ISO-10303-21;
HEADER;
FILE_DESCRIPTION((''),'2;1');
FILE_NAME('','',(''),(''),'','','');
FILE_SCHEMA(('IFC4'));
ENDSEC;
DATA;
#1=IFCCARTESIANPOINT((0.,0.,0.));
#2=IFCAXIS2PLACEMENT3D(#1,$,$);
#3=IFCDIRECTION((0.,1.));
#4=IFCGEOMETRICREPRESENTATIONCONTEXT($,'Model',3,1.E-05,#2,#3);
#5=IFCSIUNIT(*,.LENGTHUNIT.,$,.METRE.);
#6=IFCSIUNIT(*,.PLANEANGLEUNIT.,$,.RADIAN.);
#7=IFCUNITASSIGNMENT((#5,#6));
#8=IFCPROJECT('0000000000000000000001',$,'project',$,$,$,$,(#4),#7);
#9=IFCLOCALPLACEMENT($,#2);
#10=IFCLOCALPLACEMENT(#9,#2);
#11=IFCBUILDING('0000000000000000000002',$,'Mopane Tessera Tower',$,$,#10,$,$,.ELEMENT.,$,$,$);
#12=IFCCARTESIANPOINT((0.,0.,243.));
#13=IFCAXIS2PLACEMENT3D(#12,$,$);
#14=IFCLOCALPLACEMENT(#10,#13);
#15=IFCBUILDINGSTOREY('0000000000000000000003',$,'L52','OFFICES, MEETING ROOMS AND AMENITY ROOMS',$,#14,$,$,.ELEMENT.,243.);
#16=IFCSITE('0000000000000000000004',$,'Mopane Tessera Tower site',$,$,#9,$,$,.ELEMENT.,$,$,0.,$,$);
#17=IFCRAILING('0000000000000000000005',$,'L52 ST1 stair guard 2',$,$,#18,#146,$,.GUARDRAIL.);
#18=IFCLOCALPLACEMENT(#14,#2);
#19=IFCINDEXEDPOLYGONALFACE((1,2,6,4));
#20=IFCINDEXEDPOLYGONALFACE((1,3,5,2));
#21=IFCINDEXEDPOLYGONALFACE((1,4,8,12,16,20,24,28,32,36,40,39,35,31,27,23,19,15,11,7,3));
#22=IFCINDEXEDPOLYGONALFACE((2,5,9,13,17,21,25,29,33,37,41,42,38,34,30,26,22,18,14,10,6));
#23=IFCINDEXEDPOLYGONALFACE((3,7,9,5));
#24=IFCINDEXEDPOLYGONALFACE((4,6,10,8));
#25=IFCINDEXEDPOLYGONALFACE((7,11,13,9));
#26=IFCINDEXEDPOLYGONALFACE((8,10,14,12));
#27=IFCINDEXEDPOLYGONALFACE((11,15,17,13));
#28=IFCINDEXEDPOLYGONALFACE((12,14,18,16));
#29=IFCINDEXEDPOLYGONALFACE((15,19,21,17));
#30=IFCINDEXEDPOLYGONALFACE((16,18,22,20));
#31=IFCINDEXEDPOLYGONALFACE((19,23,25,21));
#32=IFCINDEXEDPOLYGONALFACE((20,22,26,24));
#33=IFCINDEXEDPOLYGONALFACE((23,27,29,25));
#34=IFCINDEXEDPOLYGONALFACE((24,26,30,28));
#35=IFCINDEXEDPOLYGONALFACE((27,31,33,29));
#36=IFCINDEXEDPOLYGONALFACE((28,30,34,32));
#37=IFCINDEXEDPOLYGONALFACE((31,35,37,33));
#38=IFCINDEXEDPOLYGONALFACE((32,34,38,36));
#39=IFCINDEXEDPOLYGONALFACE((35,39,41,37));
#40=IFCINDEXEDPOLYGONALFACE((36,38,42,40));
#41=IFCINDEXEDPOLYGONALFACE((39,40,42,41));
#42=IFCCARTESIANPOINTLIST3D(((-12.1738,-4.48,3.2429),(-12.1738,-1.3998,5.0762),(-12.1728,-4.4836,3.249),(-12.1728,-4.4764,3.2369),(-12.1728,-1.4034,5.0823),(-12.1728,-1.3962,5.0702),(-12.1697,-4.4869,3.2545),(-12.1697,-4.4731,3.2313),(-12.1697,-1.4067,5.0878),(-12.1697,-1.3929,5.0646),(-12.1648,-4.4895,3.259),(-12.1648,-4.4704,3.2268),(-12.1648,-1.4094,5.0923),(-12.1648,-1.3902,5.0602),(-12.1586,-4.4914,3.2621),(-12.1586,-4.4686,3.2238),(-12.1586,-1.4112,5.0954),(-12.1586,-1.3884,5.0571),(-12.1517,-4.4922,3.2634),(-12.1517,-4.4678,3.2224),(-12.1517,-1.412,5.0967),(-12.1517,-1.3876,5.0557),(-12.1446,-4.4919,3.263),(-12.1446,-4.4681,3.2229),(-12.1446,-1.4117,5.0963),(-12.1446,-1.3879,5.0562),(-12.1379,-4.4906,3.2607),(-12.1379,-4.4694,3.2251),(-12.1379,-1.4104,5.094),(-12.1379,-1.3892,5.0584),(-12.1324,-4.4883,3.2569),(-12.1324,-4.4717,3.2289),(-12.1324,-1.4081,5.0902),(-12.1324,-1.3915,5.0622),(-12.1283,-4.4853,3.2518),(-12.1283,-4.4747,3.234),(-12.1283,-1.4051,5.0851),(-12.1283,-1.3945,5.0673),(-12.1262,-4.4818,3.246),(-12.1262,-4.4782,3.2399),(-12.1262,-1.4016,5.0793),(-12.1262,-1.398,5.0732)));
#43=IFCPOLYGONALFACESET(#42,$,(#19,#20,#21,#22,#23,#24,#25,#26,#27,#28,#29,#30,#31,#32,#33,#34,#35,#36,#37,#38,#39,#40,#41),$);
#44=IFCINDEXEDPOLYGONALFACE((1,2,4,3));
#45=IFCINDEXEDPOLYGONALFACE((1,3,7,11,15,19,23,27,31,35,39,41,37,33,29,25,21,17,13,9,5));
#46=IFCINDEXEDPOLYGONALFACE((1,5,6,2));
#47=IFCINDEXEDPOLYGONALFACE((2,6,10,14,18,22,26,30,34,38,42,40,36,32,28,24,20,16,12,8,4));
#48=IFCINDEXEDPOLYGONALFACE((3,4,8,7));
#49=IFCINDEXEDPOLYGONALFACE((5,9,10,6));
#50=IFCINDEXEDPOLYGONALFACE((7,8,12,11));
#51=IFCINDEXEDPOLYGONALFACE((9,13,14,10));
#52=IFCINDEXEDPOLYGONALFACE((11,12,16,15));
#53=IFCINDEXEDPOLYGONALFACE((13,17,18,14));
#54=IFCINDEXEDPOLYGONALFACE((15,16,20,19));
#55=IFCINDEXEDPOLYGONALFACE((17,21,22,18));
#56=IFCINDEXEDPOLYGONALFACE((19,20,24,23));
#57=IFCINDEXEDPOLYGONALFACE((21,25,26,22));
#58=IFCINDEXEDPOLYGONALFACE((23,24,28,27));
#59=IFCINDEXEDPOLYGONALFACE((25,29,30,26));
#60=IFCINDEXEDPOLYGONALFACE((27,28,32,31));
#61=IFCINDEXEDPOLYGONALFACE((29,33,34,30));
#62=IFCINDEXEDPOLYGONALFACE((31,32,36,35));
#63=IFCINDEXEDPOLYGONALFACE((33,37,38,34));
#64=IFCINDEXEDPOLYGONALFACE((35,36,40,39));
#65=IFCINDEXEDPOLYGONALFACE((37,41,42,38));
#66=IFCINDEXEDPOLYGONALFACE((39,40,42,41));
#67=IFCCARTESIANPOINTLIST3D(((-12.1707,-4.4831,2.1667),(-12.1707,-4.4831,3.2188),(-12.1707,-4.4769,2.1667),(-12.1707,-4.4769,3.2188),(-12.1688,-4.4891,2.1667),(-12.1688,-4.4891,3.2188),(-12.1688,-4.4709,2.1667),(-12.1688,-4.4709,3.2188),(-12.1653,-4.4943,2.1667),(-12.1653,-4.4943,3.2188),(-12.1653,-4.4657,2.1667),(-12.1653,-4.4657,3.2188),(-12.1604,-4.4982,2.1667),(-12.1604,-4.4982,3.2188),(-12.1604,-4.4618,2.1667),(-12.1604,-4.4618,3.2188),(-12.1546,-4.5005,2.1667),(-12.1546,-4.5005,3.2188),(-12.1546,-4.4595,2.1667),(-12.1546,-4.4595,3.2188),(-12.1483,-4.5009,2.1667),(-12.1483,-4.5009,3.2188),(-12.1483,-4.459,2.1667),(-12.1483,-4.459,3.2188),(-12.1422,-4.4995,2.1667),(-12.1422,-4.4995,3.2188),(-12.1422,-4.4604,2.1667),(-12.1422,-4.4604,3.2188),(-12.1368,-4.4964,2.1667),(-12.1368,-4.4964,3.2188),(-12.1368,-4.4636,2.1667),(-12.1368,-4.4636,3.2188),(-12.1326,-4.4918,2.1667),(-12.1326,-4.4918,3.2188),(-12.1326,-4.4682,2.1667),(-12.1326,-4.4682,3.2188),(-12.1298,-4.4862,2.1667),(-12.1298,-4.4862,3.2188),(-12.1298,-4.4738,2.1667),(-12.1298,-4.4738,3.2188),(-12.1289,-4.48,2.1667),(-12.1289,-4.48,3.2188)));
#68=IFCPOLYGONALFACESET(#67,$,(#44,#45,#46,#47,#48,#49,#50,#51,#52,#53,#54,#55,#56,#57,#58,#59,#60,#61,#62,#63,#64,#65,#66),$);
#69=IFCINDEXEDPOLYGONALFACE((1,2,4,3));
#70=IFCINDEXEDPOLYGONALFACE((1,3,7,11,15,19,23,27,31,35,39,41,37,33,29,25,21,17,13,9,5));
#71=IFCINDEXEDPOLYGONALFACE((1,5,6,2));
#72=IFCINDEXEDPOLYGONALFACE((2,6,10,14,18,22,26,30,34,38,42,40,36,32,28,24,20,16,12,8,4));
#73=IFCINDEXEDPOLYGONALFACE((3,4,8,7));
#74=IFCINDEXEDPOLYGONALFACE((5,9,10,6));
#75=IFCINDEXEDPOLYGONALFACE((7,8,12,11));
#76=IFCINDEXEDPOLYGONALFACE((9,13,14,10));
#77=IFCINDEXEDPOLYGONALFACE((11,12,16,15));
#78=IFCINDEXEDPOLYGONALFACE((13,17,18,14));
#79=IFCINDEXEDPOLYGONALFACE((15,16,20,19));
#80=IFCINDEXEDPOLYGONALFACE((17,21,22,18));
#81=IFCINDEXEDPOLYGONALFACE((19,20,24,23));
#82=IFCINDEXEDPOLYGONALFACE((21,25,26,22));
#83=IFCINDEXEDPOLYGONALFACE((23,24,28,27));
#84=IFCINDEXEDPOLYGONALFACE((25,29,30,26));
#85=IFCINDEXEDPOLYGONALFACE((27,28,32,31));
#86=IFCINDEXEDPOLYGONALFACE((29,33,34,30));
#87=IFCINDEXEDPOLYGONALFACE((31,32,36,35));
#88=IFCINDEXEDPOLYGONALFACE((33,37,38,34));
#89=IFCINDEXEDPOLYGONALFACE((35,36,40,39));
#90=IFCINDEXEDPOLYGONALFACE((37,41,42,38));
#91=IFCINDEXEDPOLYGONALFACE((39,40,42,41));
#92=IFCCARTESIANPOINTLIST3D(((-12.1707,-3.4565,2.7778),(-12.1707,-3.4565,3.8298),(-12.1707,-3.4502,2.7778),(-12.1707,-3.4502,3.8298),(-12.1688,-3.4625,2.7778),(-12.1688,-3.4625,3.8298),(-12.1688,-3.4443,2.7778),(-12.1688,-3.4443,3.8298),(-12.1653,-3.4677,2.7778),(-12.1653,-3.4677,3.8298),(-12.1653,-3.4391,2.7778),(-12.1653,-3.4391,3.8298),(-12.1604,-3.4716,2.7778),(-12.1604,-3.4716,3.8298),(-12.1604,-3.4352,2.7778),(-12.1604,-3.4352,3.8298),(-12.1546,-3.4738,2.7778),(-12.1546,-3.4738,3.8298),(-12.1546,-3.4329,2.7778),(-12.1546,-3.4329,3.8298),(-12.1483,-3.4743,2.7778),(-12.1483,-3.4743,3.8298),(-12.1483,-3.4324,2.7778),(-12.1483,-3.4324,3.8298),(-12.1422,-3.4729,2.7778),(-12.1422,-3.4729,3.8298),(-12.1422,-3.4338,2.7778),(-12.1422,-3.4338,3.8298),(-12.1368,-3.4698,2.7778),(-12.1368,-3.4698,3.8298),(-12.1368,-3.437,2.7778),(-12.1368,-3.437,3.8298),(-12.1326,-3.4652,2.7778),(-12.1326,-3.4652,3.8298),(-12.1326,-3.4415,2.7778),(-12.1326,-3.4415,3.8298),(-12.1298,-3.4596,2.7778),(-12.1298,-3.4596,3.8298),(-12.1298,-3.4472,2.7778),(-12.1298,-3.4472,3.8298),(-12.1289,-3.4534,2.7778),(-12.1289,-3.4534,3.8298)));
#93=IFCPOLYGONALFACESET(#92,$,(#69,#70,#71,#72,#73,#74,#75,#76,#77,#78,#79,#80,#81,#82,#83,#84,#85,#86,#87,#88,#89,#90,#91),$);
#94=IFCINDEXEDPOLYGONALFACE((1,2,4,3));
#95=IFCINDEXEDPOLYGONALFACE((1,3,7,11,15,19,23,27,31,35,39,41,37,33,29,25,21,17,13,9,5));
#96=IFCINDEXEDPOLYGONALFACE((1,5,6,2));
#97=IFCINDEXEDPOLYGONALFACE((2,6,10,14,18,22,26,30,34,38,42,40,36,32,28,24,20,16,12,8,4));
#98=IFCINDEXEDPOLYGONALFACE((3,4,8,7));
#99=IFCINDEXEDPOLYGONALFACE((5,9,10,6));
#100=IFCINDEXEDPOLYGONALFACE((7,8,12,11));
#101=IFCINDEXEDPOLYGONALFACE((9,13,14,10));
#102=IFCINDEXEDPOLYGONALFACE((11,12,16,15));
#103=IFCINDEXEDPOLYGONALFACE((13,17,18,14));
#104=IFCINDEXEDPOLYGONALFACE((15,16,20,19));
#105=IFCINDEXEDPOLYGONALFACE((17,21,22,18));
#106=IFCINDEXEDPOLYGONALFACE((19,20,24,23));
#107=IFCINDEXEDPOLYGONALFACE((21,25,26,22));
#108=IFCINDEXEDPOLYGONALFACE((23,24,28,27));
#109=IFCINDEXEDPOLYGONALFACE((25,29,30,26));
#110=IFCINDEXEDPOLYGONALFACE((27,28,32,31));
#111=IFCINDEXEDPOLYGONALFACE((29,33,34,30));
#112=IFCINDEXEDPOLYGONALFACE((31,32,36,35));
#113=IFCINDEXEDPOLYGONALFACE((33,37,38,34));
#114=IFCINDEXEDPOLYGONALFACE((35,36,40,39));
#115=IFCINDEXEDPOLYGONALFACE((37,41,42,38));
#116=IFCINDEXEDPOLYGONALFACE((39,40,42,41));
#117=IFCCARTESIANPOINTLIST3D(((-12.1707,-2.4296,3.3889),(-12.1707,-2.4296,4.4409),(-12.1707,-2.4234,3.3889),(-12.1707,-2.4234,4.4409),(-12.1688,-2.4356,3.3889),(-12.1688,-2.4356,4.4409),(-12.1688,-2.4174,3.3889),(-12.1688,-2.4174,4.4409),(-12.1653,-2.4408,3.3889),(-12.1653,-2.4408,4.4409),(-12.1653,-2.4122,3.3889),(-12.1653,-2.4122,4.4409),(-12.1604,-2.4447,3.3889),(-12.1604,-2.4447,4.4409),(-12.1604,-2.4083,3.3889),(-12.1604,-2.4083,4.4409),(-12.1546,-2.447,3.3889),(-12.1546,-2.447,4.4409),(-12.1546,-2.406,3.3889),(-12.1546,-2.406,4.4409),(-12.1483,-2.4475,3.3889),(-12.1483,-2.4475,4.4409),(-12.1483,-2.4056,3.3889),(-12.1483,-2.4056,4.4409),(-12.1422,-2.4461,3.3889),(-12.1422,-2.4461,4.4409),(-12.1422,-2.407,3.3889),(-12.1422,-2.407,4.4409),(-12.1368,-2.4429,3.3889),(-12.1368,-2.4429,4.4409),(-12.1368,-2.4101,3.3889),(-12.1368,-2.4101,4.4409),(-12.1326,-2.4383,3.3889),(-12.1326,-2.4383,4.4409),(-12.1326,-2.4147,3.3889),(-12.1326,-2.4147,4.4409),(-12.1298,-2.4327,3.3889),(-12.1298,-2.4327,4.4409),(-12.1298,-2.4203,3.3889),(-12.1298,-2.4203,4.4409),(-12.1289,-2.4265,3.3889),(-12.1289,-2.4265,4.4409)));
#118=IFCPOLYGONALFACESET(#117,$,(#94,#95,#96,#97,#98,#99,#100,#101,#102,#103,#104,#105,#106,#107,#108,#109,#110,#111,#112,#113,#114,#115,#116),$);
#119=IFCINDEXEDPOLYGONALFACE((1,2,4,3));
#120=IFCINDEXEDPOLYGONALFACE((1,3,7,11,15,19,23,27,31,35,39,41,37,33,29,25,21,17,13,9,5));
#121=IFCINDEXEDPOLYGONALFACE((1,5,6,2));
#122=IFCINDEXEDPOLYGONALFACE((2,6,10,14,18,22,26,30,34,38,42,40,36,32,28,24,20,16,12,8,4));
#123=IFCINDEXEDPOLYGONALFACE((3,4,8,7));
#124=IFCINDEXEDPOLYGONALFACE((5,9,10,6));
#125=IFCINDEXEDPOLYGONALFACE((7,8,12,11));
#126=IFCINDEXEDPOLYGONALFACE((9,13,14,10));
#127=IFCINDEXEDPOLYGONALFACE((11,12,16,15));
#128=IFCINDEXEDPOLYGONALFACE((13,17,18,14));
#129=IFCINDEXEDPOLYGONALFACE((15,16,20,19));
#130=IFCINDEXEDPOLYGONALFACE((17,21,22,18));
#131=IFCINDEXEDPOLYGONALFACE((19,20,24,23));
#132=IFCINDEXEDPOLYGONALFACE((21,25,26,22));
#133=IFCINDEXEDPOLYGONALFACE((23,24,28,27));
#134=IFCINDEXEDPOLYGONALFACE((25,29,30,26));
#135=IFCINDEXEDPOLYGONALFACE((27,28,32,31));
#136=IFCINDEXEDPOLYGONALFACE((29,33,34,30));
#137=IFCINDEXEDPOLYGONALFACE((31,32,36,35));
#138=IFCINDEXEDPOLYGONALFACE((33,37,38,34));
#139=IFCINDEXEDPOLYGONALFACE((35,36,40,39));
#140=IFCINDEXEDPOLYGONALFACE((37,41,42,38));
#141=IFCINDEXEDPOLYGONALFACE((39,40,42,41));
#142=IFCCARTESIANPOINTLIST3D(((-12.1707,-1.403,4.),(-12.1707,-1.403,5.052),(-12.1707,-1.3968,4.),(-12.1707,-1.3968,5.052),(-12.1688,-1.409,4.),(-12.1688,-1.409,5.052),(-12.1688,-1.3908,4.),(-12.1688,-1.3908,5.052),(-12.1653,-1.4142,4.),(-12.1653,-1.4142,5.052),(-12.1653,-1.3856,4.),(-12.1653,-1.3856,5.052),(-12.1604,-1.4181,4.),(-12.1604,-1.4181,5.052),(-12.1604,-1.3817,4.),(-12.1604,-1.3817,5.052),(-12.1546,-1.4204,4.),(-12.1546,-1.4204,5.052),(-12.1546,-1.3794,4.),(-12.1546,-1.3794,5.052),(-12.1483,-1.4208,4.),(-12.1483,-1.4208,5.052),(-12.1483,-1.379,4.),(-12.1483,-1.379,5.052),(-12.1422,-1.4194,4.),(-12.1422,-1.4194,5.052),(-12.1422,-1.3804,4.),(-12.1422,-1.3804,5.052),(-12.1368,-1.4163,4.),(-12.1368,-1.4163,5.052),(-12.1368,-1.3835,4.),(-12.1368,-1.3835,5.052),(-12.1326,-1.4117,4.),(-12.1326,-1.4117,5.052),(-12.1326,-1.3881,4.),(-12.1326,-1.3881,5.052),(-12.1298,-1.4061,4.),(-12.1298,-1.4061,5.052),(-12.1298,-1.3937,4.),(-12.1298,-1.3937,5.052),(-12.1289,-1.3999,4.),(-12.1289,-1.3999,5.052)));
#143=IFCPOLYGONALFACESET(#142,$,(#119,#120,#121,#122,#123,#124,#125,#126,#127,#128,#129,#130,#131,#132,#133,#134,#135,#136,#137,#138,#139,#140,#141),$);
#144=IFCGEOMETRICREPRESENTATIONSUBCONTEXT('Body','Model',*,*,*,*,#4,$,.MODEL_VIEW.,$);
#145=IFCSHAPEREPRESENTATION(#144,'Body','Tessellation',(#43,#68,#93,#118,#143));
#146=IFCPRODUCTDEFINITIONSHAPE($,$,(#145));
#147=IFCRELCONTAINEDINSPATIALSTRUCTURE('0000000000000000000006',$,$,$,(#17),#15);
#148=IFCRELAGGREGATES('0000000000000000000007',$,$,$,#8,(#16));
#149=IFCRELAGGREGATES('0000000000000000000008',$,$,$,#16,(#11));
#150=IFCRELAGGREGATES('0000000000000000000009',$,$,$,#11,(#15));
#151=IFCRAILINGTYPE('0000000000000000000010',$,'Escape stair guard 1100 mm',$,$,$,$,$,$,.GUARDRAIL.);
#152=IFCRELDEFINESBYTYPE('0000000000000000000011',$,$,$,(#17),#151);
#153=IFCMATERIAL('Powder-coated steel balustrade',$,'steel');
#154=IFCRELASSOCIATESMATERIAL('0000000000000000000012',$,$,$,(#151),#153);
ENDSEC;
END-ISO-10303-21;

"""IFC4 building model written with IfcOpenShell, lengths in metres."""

from ifc_helpers import new_model, si_unit, direction, frame, origin, origin_2d, place, context, subcontext, project, spatial, circle, extrude, material, type_object, element, save


model = new_model("IFC4")

# Units and contexts
model_context = context("Model", 3, precision=1e-05, world=origin(), true_north=direction((0.0, 1.0)))
body_context = subcontext(model_context, "Body", "Model", "MODEL_VIEW")
ifc_project = project(units=[si_unit("LENGTHUNIT", "METRE"), si_unit("PLANEANGLEUNIT", "RADIAN")], contexts=[model_context])

# Site, building, storey
site_placement = place(None, origin())
site = spatial("IfcSite", under=ifc_project, at=site_placement, Name="Mopane Tessera Tower site", CompositionType="ELEMENT", RefElevation=0.0)
building_placement = place(site_placement, origin())
building = spatial("IfcBuilding", under=site, at=building_placement, Name="Mopane Tessera Tower", CompositionType="ELEMENT")
storey_placement = place(building_placement, frame((0.0, 0.0, 243.0)))
storey = spatial("IfcBuildingStorey", under=building, at=storey_placement, Name="L52", Description="OFFICES, MEETING ROOMS AND AMENITY ROOMS", CompositionType="ELEMENT", Elevation=243.0)

# Railing
ifc_material_1 = material(Name="Powder-coated steel balustrade", Category="steel")
railing_type_1 = type_object("IfcRailingType", Name="Escape stair guard 1100 mm", PredefinedType="GUARDRAIL", material=ifc_material_1)
railing_1_placement = place(storey_placement, frame((-12.1499, -4.48, 2.1667)))
element("IfcRailing", 1, at=railing_1_placement, inside=storey, type_object=railing_type_1, Name="L52 ST1 stair guard 2", PredefinedType="GUARDRAIL", context=body_context, shape_type="SweptSolid", body=[
    extrude(circle(Radius=0.0239, at=origin_2d()), frame((0.0, 0.0, 1.0762), z_axis=(0.0, 0.859309, 0.511458), x_axis=(-1.0, 0.0, 0.0)), (0.0, 0.0, 1.0), 3.5845),
    extrude(circle(Radius=0.021, at=origin_2d()), origin(), (0.0, 0.0, 1.0), 1.052),
    extrude(circle(Radius=0.021, at=origin_2d()), frame((0.0, 1.0266, 0.6111)), (0.0, 0.0, 1.0), 1.052),
    extrude(circle(Radius=0.021, at=origin_2d()), frame((0.0, 2.0535, 1.2222)), (0.0, 0.0, 1.0), 1.052),
    extrude(circle(Radius=0.021, at=origin_2d()), frame((0.0, 3.0801, 1.8333)), (0.0, 0.0, 1.0), 1.052),
])

save(model, "model.ifc")
